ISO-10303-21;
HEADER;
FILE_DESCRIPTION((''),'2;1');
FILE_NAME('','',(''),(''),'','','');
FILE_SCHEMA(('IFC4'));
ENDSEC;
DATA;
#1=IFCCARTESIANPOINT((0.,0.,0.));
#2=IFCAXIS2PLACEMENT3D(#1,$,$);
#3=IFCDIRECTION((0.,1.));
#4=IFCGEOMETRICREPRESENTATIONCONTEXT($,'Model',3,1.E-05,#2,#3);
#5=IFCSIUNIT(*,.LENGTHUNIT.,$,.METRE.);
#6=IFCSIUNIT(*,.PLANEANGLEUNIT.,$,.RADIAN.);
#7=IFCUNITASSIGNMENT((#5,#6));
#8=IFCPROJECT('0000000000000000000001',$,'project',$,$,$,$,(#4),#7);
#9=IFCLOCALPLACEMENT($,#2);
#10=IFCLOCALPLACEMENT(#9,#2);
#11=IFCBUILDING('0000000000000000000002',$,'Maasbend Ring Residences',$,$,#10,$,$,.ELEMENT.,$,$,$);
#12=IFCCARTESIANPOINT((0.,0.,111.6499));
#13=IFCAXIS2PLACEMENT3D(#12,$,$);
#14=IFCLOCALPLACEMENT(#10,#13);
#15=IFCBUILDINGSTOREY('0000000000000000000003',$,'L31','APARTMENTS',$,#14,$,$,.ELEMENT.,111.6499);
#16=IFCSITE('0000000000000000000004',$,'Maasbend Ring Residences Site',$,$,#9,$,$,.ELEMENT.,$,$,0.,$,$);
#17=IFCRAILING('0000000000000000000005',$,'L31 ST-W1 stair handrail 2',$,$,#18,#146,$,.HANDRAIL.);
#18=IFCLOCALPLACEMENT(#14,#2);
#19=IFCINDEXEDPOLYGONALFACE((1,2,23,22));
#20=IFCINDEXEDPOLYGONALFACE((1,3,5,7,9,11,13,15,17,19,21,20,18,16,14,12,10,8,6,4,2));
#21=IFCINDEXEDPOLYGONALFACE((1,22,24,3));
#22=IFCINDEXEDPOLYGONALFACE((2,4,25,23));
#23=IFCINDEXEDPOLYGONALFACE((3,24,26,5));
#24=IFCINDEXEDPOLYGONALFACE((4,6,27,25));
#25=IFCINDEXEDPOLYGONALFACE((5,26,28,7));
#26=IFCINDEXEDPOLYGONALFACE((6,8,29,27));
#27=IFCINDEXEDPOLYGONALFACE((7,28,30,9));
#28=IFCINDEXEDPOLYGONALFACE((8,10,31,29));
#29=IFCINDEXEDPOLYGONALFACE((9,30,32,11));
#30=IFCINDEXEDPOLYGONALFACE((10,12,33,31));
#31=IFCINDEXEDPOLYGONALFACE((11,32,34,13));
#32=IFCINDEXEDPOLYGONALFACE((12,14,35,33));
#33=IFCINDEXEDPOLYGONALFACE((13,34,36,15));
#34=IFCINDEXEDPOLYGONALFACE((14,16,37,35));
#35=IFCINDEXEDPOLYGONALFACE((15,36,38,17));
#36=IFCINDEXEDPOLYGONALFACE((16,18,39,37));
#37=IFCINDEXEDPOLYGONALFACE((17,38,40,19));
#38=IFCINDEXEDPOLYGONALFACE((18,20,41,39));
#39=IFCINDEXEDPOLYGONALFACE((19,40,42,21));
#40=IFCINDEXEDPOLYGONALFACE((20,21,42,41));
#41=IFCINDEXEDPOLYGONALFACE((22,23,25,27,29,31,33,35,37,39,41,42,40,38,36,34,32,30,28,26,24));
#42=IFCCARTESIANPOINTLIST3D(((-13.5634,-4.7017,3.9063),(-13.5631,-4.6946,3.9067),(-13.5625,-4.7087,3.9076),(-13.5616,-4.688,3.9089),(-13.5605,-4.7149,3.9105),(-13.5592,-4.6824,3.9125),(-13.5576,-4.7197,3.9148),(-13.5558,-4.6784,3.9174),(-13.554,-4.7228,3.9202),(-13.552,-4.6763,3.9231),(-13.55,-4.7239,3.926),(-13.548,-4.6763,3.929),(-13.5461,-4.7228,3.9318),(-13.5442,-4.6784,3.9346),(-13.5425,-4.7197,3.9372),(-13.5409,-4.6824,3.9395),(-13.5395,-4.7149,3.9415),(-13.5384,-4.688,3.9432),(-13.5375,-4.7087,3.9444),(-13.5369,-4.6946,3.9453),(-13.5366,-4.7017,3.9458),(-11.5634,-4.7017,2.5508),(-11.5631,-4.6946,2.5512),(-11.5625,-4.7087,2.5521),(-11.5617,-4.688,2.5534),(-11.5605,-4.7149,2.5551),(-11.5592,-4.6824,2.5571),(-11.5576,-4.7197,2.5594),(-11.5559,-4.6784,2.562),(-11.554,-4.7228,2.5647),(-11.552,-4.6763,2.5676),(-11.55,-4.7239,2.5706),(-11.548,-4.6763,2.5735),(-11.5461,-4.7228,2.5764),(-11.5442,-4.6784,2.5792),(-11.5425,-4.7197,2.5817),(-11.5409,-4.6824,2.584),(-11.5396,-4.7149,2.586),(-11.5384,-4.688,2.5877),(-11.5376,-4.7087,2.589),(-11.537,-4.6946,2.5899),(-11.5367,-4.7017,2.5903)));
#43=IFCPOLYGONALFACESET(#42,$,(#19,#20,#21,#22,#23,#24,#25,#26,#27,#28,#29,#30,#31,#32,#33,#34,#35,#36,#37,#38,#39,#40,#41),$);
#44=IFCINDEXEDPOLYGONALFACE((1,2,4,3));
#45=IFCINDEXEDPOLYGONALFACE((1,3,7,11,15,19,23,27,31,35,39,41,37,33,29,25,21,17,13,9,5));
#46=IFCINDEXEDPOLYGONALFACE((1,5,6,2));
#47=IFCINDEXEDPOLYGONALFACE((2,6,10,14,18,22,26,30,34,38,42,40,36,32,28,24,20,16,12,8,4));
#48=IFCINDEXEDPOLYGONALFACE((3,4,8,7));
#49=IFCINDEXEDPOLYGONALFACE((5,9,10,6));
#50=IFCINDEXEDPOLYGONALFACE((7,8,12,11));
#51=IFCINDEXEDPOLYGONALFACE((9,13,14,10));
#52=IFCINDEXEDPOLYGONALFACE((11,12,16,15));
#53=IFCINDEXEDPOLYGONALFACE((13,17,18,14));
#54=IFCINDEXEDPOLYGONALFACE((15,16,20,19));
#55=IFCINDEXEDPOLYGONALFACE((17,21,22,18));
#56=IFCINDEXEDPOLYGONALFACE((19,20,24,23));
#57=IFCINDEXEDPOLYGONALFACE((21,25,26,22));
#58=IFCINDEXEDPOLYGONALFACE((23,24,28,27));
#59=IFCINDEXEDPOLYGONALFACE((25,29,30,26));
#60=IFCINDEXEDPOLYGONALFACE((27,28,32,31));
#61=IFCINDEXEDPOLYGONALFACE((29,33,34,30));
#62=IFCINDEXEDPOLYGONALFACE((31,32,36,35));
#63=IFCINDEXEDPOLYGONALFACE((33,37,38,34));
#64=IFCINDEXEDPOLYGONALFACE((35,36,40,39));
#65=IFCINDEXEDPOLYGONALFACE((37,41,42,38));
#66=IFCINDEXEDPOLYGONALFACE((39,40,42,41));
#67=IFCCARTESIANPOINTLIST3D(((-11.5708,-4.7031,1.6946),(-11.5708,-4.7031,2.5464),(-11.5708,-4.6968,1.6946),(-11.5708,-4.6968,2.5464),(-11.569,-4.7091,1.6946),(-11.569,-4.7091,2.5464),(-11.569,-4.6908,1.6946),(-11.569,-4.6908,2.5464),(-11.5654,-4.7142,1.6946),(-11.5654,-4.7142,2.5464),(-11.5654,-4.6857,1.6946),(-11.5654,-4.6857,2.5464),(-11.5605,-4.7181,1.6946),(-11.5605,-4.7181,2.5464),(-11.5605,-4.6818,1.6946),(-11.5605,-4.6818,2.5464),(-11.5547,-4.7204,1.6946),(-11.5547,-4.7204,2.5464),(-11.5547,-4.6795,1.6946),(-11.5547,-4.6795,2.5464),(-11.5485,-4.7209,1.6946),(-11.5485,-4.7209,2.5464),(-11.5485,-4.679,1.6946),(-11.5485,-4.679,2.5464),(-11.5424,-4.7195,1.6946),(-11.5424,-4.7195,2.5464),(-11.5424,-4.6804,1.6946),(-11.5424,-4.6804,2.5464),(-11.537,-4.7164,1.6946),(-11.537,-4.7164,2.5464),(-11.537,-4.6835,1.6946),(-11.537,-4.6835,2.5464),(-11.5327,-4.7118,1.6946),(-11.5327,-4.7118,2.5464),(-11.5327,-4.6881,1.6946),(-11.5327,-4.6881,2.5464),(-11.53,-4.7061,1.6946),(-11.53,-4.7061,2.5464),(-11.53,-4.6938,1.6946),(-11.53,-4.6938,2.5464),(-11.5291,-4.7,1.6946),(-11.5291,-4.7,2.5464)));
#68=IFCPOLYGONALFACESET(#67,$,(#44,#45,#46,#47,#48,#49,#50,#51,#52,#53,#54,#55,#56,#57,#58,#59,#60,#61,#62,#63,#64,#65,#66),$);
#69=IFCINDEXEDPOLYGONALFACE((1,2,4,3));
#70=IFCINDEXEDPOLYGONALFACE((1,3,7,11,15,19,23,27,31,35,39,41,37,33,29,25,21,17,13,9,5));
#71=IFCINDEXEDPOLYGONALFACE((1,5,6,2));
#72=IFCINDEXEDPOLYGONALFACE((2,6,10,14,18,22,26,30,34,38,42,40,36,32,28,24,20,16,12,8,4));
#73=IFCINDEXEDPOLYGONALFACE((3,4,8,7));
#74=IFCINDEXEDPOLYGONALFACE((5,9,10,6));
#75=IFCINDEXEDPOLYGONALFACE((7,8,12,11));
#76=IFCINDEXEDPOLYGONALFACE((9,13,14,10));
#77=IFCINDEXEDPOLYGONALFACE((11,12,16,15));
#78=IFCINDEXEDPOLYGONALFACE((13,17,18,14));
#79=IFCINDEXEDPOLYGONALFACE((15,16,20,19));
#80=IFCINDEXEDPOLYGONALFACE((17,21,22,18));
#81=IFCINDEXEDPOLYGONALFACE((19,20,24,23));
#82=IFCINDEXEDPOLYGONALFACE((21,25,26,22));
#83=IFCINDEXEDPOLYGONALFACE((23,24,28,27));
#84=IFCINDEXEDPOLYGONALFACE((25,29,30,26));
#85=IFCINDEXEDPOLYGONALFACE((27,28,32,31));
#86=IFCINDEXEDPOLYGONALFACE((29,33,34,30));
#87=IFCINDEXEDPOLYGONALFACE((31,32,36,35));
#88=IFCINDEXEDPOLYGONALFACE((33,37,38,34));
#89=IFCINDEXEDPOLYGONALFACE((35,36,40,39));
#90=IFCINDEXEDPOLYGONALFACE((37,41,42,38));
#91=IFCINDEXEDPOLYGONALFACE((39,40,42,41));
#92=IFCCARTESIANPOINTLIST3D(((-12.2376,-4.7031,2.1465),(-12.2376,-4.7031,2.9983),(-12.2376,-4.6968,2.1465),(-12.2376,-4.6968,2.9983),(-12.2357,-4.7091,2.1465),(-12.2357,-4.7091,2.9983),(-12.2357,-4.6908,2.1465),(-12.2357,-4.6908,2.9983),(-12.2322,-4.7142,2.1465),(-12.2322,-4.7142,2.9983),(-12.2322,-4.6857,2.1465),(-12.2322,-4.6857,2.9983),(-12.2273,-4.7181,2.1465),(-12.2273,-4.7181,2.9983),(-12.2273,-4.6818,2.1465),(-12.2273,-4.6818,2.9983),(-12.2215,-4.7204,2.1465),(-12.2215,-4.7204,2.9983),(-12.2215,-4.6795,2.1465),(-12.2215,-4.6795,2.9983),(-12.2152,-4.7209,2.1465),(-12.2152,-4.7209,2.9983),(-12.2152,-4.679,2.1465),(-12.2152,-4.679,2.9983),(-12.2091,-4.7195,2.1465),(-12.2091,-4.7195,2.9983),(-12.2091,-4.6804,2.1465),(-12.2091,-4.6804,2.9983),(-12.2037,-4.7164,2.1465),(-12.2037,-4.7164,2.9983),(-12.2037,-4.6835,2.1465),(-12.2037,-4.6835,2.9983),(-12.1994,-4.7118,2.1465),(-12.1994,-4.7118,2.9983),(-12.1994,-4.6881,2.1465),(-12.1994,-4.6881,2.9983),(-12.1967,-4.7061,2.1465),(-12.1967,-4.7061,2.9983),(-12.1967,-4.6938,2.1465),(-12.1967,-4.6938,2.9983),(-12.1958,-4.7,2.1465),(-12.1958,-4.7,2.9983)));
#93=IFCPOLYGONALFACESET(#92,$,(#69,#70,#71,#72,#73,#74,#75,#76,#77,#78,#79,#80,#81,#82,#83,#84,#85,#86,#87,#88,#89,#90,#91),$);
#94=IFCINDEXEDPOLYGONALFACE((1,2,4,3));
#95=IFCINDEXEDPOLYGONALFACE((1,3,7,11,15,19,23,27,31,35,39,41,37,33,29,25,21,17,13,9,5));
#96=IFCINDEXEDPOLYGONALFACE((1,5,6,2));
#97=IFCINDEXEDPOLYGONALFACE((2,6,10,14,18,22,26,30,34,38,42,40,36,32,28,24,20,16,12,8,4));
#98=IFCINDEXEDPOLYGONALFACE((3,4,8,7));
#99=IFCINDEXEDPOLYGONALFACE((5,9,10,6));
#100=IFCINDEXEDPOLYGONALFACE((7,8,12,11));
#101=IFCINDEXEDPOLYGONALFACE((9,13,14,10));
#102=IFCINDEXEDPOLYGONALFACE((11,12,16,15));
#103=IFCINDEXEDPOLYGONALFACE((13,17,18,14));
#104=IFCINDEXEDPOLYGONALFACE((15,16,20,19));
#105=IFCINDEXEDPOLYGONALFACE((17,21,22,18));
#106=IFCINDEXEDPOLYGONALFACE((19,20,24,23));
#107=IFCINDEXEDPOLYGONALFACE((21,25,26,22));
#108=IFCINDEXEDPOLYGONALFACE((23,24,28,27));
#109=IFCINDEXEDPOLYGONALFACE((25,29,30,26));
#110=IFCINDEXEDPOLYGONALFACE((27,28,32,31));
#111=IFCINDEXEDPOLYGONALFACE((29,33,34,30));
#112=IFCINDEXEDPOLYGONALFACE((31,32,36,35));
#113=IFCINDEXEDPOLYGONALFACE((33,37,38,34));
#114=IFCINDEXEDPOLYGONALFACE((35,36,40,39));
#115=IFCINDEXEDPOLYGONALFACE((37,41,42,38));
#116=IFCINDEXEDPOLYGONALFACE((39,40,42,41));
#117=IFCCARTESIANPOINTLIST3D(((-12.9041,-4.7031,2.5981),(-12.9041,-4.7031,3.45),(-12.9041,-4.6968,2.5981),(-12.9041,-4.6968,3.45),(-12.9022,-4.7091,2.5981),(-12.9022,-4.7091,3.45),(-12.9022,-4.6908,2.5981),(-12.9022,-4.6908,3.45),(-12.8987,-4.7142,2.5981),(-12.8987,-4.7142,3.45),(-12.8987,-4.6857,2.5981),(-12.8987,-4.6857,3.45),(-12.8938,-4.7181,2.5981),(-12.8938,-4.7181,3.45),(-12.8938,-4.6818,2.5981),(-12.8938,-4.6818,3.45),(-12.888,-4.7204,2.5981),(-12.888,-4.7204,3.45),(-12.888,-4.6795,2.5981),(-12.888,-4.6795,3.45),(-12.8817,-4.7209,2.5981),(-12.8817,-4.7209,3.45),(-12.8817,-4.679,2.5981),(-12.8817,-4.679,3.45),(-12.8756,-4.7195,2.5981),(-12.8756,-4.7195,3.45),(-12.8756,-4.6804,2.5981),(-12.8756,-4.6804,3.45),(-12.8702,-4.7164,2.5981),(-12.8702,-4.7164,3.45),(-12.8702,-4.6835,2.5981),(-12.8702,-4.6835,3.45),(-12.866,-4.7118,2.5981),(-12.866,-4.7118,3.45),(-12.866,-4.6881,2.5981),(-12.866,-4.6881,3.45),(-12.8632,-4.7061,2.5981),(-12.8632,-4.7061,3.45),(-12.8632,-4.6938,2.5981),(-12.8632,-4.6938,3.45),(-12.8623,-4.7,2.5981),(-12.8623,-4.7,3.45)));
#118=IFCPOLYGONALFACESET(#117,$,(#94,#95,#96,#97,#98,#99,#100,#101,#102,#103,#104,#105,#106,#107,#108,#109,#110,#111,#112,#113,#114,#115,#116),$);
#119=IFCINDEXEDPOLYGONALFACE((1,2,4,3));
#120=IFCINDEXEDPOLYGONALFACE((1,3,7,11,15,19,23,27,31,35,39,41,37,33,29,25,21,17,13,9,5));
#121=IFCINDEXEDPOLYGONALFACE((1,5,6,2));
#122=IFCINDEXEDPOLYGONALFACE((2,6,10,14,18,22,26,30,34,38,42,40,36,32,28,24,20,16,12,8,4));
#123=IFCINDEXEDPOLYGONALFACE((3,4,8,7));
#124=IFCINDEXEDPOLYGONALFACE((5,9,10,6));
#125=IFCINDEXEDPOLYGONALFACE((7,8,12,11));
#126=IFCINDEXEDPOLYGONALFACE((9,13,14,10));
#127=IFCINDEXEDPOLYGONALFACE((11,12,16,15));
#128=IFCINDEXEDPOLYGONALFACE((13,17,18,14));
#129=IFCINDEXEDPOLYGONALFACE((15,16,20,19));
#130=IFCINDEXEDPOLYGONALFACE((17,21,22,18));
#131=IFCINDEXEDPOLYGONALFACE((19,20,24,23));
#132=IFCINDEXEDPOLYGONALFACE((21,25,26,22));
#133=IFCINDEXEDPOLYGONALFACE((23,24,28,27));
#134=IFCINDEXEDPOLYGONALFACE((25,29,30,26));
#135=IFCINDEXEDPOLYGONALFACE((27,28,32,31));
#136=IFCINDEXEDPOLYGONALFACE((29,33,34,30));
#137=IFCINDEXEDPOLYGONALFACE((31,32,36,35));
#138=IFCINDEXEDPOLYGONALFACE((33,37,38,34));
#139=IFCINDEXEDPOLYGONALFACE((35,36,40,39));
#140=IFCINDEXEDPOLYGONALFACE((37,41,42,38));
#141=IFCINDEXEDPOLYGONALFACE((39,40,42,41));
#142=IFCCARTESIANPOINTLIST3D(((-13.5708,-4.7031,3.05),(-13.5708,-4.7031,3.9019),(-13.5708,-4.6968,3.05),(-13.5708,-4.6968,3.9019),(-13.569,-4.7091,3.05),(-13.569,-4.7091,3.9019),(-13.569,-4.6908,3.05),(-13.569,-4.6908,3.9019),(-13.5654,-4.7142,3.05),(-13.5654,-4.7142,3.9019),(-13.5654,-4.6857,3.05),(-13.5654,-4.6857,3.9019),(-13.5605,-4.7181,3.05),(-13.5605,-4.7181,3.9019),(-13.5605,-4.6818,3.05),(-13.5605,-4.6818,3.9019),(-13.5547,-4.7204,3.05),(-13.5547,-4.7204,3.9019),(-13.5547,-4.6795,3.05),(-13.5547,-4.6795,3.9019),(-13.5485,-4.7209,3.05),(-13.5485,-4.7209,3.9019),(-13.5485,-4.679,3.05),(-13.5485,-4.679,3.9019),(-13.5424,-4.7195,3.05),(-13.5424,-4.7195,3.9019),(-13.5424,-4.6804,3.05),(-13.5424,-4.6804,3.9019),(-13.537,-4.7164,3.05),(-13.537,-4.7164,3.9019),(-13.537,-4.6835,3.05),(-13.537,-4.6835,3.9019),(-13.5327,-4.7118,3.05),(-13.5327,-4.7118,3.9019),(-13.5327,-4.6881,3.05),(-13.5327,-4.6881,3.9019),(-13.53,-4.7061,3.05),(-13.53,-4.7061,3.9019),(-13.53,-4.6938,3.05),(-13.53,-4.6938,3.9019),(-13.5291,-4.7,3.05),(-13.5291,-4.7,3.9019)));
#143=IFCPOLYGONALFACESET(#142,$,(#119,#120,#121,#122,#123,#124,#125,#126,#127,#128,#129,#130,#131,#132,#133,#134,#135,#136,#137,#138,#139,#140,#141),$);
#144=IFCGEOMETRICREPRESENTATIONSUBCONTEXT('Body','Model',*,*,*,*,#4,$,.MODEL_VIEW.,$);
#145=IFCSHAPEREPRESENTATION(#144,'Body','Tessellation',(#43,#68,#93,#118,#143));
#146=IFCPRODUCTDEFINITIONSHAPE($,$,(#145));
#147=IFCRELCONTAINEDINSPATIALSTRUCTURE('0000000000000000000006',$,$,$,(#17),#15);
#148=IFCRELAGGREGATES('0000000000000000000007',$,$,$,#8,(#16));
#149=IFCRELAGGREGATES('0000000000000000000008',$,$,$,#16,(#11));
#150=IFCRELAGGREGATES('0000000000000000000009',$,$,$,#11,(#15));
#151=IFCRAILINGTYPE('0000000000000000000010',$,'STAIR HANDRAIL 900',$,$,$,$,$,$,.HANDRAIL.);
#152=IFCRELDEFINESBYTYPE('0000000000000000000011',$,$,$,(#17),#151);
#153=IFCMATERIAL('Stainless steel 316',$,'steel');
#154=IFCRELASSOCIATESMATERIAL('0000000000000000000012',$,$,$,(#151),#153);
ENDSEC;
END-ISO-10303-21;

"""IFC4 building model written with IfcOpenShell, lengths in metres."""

from ifc_helpers import new_model, si_unit, direction, frame, origin, origin_2d, place, context, subcontext, project, spatial, circle, extrude, material, type_object, element, save


model = new_model("IFC4")

# Units and contexts
model_context = context("Model", 3, precision=1e-05, world=origin(), true_north=direction((0.0, 1.0)))
body_context = subcontext(model_context, "Body", "Model", "MODEL_VIEW")
ifc_project = project(units=[si_unit("LENGTHUNIT", "METRE"), si_unit("PLANEANGLEUNIT", "RADIAN")], contexts=[model_context])

# Site, building, storey
site_placement = place(None, origin())
site = spatial("IfcSite", under=ifc_project, at=site_placement, Name="Maasbend Ring Residences Site", CompositionType="ELEMENT", RefElevation=0.0)
building_placement = place(site_placement, origin())
building = spatial("IfcBuilding", under=site, at=building_placement, Name="Maasbend Ring Residences", CompositionType="ELEMENT")
storey_placement = place(building_placement, frame((0.0, 0.0, 111.6499)))
storey = spatial("IfcBuildingStorey", under=building, at=storey_placement, Name="L31", Description="APARTMENTS", CompositionType="ELEMENT", Elevation=111.6499)

# Railing
ifc_material_1 = material(Name="Stainless steel 316", Category="steel")
railing_type_1 = type_object("IfcRailingType", Name="STAIR HANDRAIL 900", PredefinedType="HANDRAIL", material=ifc_material_1)
railing_1_placement = place(storey_placement, frame((-11.55, -4.7, 1.6946)))
element("IfcRailing", 1, at=railing_1_placement, inside=storey, type_object=railing_type_1, Name="L31 ST-W1 stair handrail 2", PredefinedType="HANDRAIL", context=body_context, shape_type="SweptSolid", body=[
    extrude(circle(Radius=0.0239, at=origin_2d()), frame((0.0, 0.0, 0.876), z_axis=(-0.827798, 0.0, 0.561027), x_axis=(0.0, -1.0, 0.0)), (0.0, 0.0, 1.0), 2.416),
    extrude(circle(Radius=0.021, at=origin_2d()), origin(), (0.0, 0.0, 1.0), 0.8518),
    extrude(circle(Radius=0.021, at=origin_2d()), frame((-0.6667, 0.0, 0.4519)), (0.0, 0.0, 1.0), 0.8518),
    extrude(circle(Radius=0.021, at=origin_2d()), frame((-1.3333, 0.0, 0.9036)), (0.0, 0.0, 1.0), 0.8518),
    extrude(circle(Radius=0.021, at=origin_2d()), frame((-2.0, 0.0, 1.3555)), (0.0, 0.0, 1.0), 0.8518),
])

save(model, "model.ifc")
